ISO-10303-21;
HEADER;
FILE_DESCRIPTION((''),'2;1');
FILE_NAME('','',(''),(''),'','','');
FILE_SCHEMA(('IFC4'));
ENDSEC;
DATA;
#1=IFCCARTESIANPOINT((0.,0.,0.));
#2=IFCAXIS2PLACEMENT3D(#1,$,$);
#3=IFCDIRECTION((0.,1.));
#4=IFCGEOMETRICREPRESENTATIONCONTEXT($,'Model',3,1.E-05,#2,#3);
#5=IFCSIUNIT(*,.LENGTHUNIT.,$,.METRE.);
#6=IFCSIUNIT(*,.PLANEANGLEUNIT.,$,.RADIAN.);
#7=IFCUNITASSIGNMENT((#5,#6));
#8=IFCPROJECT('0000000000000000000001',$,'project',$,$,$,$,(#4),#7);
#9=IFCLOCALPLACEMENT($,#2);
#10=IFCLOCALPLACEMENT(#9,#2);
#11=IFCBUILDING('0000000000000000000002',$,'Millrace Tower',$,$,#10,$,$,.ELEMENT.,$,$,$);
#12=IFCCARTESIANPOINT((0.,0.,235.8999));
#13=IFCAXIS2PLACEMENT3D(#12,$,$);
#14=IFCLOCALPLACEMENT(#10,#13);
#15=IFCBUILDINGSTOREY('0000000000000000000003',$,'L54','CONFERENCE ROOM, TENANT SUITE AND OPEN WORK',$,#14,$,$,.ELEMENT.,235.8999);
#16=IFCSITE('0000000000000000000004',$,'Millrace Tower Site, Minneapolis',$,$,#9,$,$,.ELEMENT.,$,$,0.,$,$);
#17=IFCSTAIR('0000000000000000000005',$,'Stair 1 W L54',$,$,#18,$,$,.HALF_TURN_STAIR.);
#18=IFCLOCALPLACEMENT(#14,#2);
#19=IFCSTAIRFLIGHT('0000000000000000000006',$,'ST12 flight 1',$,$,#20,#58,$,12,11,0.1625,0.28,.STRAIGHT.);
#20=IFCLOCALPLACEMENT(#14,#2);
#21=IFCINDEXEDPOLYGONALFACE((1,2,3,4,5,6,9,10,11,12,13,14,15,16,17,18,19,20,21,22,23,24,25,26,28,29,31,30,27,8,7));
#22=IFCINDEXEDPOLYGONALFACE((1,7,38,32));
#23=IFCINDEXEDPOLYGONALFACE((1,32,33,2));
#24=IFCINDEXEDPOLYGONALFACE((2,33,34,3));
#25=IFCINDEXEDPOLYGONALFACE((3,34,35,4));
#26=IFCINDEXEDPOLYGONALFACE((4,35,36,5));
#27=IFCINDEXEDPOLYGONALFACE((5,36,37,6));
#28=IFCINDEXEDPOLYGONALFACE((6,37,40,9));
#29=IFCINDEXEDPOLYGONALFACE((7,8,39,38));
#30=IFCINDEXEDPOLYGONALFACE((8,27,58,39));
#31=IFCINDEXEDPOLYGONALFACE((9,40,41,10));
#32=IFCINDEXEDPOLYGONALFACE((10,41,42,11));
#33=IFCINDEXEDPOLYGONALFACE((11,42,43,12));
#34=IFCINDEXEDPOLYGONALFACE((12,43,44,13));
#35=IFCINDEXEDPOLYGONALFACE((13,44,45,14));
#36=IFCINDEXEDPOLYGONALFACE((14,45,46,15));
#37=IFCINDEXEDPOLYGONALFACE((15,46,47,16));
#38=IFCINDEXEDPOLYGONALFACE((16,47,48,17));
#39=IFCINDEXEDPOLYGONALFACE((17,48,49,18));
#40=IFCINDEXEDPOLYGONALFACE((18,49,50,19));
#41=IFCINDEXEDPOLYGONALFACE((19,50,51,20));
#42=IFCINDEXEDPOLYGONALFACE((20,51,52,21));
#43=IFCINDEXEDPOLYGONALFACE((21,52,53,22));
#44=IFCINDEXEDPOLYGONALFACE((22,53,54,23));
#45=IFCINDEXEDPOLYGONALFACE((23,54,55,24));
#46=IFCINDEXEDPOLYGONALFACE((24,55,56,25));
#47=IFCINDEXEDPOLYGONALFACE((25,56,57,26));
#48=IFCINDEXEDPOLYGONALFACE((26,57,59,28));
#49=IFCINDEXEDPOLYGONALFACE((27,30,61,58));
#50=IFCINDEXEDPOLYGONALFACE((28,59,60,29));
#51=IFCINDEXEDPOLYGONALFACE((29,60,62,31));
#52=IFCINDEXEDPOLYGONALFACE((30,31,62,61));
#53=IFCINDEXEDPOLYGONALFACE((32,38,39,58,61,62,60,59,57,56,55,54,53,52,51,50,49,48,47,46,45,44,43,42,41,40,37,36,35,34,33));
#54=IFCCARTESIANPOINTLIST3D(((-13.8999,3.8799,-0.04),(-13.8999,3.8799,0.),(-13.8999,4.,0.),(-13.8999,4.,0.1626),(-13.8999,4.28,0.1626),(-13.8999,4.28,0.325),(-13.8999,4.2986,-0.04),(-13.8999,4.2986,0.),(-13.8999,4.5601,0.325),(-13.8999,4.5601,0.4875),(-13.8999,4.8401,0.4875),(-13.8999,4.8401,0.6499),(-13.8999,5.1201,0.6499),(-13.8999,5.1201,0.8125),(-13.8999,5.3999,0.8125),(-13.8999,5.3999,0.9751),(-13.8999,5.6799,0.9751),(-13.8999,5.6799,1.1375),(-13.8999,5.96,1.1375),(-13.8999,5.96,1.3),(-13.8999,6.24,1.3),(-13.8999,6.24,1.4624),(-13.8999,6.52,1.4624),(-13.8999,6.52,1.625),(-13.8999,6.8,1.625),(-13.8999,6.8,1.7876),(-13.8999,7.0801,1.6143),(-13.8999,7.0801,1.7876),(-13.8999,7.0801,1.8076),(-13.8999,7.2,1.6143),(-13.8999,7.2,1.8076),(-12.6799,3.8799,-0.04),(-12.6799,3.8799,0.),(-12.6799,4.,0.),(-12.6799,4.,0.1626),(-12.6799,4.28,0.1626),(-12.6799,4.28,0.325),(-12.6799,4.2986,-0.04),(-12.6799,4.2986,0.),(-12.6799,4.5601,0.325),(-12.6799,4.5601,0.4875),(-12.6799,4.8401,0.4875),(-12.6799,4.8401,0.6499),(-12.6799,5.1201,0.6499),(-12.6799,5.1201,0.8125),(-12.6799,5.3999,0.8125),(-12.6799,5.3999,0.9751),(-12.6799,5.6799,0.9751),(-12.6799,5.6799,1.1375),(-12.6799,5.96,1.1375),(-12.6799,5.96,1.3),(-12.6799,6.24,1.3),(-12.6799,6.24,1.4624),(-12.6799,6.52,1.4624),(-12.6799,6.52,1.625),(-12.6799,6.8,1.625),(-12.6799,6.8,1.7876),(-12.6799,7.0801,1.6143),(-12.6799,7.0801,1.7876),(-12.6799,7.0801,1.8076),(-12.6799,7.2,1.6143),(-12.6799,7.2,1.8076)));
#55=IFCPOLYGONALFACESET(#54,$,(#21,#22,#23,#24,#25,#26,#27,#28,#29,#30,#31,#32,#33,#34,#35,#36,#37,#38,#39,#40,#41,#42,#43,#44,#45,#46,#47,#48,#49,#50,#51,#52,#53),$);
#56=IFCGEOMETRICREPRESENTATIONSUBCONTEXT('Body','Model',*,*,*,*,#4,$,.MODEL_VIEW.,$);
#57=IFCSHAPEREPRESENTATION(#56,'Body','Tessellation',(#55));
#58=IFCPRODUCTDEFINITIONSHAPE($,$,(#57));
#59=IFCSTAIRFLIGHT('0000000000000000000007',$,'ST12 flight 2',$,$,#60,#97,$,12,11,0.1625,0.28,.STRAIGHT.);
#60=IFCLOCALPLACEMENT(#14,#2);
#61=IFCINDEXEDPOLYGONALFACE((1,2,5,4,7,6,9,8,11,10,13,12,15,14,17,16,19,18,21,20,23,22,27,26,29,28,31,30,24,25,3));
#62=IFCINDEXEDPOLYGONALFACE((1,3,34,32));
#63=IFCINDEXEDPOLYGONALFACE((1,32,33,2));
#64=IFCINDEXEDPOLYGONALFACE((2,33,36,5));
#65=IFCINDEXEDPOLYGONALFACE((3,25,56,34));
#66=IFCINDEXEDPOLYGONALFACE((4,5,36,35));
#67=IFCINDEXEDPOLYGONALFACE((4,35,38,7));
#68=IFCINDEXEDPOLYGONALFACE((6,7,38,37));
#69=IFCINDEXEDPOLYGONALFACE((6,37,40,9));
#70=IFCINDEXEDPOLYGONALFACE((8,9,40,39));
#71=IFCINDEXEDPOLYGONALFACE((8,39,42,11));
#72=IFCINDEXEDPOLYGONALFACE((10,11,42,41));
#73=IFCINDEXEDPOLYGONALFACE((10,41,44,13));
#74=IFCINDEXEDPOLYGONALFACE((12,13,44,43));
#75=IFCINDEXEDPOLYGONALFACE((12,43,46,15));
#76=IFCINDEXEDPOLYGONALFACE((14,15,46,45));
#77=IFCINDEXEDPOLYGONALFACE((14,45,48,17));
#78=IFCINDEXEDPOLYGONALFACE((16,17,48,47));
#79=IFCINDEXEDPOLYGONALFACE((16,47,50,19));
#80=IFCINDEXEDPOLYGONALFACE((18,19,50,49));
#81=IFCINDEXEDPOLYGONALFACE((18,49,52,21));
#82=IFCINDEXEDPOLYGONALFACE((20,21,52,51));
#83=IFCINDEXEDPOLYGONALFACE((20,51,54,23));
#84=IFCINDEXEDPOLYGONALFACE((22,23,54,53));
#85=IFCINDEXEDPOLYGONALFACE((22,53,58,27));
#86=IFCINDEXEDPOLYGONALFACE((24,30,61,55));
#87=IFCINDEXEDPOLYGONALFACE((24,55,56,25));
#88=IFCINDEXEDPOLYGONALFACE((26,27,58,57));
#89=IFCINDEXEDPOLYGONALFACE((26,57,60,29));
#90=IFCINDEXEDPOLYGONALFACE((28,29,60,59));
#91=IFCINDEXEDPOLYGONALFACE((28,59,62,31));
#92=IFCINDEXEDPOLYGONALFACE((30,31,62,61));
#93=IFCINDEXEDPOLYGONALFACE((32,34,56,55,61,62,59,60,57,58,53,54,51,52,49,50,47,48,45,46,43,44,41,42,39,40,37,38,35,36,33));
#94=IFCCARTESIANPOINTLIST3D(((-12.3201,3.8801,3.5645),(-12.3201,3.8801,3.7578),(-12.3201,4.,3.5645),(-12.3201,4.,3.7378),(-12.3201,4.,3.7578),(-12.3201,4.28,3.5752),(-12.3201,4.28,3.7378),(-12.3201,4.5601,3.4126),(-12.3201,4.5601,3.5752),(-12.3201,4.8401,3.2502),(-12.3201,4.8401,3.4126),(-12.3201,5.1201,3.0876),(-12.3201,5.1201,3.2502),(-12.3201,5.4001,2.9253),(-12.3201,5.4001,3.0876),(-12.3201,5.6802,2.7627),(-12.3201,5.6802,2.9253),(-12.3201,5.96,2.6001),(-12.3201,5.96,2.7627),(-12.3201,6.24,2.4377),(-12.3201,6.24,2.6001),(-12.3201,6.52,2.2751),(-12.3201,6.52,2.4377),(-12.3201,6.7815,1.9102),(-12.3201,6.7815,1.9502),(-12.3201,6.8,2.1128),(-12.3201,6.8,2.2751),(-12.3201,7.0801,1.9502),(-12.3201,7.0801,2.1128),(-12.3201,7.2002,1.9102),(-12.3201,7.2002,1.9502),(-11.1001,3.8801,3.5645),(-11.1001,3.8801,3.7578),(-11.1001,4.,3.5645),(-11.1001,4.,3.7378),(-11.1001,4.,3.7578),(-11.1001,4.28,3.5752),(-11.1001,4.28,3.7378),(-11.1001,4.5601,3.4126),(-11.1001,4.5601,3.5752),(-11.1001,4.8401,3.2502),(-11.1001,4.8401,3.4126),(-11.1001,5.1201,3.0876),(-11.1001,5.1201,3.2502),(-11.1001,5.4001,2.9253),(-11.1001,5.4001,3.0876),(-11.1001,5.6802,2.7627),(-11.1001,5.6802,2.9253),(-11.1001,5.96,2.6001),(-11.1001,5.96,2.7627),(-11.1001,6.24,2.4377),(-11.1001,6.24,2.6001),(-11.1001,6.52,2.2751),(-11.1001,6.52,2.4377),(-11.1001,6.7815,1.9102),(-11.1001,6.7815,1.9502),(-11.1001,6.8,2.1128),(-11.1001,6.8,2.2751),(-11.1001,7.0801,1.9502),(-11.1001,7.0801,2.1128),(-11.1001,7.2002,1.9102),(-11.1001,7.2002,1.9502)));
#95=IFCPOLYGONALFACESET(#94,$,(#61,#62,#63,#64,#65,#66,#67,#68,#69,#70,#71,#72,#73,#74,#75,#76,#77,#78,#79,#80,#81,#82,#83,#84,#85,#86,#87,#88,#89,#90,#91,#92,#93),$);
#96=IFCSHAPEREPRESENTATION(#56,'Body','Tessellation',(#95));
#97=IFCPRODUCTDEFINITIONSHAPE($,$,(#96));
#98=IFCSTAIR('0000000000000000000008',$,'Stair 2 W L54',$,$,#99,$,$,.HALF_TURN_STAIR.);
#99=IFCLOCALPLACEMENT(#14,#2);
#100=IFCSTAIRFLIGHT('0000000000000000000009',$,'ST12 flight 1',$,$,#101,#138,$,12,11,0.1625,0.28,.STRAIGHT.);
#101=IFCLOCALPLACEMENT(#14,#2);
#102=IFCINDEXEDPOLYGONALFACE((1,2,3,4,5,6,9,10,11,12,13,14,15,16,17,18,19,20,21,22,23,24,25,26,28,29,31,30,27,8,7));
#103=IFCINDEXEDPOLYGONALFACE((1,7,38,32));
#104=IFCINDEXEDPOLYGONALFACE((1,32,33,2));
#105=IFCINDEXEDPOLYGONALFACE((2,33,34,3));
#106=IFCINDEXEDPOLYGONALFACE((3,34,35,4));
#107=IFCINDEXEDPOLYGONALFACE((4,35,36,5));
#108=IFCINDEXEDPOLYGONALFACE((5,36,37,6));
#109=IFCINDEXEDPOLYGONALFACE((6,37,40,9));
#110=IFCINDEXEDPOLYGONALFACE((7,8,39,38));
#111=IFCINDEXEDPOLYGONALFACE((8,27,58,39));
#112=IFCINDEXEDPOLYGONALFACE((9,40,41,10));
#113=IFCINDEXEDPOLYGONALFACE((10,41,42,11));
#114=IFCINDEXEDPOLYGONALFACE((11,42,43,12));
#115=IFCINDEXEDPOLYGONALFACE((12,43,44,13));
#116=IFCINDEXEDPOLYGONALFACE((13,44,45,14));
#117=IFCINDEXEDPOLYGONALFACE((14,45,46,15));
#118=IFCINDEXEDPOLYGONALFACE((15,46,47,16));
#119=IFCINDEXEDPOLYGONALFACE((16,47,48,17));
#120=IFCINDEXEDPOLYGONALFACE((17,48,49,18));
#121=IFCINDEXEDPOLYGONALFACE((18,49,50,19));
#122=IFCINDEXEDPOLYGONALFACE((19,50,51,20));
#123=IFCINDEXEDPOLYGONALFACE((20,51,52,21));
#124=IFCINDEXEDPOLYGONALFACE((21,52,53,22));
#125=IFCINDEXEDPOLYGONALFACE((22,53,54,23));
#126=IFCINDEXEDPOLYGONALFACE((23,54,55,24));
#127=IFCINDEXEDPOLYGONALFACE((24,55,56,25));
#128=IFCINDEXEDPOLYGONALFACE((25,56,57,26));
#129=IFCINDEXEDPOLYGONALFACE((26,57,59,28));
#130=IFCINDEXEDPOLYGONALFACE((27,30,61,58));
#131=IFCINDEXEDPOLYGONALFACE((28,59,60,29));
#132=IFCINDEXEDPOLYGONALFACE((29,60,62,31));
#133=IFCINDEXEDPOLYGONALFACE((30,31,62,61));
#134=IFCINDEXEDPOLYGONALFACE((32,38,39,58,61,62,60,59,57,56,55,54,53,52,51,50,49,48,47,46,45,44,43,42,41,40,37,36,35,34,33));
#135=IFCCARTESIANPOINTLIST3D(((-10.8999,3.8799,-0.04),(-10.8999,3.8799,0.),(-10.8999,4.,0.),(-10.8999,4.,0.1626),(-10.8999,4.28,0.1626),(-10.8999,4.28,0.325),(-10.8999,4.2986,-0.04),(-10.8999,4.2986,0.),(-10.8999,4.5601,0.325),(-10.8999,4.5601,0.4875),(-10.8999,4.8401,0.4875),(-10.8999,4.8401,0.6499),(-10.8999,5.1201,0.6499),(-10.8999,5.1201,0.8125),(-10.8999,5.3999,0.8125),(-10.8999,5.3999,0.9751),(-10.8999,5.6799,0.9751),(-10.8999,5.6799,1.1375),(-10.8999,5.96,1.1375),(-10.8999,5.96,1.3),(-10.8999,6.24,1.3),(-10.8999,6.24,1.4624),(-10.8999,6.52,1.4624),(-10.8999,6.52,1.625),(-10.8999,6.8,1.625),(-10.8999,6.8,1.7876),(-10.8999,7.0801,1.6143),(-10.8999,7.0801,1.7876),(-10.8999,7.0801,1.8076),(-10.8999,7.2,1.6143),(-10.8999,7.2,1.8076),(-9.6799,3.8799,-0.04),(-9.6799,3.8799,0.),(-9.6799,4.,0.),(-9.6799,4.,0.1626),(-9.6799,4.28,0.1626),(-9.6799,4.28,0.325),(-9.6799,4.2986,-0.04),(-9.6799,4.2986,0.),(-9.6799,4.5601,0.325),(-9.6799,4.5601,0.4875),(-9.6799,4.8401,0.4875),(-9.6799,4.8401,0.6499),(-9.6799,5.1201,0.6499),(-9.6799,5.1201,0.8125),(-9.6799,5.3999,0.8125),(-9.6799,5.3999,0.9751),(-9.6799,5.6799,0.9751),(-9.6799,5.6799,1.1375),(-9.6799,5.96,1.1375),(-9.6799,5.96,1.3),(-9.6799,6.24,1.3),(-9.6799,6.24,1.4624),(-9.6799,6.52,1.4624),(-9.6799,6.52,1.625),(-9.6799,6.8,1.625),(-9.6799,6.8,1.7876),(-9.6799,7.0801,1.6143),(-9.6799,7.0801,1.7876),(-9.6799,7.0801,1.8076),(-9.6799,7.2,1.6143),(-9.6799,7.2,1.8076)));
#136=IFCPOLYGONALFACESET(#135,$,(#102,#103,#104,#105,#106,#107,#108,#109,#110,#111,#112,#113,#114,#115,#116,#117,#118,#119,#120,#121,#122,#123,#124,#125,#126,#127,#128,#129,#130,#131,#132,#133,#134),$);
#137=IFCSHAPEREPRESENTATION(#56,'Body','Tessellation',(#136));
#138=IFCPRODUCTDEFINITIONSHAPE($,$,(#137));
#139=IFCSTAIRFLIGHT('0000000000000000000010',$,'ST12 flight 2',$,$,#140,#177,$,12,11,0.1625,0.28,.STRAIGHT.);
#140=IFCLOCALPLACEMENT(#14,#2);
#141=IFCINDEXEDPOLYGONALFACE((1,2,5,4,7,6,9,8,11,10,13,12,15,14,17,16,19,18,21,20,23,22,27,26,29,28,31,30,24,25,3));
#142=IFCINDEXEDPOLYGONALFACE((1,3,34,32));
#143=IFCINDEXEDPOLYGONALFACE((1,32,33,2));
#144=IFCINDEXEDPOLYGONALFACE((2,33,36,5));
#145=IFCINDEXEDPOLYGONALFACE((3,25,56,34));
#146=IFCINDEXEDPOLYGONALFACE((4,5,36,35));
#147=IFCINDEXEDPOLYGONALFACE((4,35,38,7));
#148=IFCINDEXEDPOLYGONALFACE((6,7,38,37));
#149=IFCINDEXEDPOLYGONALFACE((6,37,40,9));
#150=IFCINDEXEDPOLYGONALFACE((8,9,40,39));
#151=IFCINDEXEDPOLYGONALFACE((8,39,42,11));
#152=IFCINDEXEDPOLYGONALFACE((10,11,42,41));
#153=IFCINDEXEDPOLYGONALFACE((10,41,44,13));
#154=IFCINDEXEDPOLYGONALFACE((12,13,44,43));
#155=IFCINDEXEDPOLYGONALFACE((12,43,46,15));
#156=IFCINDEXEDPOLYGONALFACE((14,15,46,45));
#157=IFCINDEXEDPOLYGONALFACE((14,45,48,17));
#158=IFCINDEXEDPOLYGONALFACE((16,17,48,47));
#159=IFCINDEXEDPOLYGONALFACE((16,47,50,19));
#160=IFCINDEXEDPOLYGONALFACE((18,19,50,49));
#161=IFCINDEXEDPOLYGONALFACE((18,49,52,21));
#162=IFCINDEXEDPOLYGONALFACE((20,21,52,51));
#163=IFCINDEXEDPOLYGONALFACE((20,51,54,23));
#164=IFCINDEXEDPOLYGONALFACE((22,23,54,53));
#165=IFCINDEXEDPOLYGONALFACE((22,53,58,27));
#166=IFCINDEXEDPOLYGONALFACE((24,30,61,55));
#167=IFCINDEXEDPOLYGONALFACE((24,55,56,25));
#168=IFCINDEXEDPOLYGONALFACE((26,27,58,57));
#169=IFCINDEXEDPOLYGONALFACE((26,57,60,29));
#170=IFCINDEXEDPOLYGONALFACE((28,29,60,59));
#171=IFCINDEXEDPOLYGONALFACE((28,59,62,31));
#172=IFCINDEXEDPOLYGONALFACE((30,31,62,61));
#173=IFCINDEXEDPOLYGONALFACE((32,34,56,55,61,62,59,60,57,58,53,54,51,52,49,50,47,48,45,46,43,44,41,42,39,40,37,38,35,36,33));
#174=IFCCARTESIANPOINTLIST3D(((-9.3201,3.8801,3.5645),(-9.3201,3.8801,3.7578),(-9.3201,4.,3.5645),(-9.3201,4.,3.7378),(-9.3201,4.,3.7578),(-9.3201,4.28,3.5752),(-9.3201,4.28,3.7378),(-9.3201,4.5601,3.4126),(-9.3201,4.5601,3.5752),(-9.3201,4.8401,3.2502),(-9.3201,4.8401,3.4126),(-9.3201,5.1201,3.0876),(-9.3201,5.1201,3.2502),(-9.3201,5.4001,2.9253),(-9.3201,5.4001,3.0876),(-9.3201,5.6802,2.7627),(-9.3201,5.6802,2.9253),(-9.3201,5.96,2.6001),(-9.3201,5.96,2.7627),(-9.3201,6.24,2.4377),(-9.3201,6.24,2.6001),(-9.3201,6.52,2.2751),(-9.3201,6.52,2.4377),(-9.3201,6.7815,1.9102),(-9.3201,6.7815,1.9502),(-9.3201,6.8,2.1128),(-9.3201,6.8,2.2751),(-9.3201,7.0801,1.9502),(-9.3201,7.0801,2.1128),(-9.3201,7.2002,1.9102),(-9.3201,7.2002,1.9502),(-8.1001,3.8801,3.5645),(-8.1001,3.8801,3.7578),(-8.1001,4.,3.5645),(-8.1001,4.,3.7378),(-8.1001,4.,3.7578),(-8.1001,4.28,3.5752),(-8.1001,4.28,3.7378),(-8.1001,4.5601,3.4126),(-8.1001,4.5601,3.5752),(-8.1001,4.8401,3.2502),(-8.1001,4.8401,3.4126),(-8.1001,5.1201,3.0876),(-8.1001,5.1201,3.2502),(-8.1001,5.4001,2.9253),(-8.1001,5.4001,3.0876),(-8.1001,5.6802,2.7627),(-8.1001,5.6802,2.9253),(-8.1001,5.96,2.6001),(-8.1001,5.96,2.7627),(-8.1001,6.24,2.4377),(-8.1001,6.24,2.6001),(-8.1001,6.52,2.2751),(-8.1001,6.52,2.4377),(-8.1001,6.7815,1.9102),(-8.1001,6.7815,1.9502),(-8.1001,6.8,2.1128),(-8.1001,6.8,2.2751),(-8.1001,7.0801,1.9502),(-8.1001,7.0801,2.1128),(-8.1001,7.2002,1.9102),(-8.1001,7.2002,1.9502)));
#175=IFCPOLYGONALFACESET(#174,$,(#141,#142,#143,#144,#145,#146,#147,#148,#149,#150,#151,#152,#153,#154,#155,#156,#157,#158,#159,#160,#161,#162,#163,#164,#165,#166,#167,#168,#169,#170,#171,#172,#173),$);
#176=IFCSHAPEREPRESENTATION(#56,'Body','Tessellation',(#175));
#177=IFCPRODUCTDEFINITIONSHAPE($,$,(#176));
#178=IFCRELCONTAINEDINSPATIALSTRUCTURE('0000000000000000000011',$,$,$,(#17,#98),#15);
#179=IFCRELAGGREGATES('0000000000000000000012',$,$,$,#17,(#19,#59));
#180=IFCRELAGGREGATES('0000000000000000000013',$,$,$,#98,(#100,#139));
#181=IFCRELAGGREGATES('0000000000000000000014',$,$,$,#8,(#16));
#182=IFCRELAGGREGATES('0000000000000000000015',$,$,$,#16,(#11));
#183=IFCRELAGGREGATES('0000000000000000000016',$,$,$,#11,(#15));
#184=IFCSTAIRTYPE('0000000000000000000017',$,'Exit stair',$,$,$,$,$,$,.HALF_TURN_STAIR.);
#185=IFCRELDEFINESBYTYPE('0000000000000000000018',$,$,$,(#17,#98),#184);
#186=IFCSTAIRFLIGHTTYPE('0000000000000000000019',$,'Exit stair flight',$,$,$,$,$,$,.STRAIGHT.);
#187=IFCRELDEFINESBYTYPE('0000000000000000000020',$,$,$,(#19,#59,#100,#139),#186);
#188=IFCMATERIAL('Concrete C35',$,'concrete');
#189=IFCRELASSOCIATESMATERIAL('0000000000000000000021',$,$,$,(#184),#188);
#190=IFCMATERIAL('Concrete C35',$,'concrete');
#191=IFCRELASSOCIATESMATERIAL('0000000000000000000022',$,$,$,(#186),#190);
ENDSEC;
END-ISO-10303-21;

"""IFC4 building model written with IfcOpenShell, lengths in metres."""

from ifc_helpers import new_model, si_unit, direction, frame, origin, place, context, subcontext, project, spatial, polyline, outline, extrude, material, type_object, element, aggregate, save


model = new_model("IFC4")

# Units and contexts
model_context = context("Model", 3, precision=1e-05, world=origin(), true_north=direction((0.0, 1.0)))
body_context = subcontext(model_context, "Body", "Model", "MODEL_VIEW")
ifc_project = project(units=[si_unit("LENGTHUNIT", "METRE"), si_unit("PLANEANGLEUNIT", "RADIAN")], contexts=[model_context])

# Site, building, storey
site_placement = place(None, origin())
site = spatial("IfcSite", under=ifc_project, at=site_placement, Name="Millrace Tower Site, Minneapolis", CompositionType="ELEMENT", RefElevation=0.0)
building_placement = place(site_placement, origin())
building = spatial("IfcBuilding", under=site, at=building_placement, Name="Millrace Tower", CompositionType="ELEMENT")
storey_placement = place(building_placement, frame((0.0, 0.0, 235.8999)))
storey = spatial("IfcBuildingStorey", under=building, at=storey_placement, Name="L54", Description="CONFERENCE ROOM, TENANT SUITE AND OPEN WORK", CompositionType="ELEMENT", Elevation=235.8999)

# Stairs, stair flights
ifc_material_1 = material(Name="Concrete C35", Category="concrete")
stair_type = type_object("IfcStairType", Name="Exit stair", PredefinedType="HALF_TURN_STAIR", material=ifc_material_1)
placement = place(storey_placement, origin())
stair_1 = element("IfcStair", 1, at=placement, inside=storey, type_object=stair_type, Name="Stair 1 W L54", PredefinedType="HALF_TURN_STAIR")
ifc_material_2 = material(Name="Concrete C35", Category="concrete")
stair_flight_type = type_object("IfcStairFlightType", Name="Exit stair flight", PredefinedType="STRAIGHT", material=ifc_material_2)
stair_flight_1_placement = place(storey_placement, frame((-13.29, 4.0, 0.0), z_axis=(0.0, 0.0, 1.0), x_axis=(0.0, 1.0, 0.0)))
stair_flight_1 = element("IfcStairFlight", 2, at=stair_flight_1_placement, type_object=stair_flight_type, Name="ST12 flight 1", NumberOfRisers=12, NumberOfTreads=11, PredefinedType="STRAIGHT", RiserHeight=0.1625, TreadLength=0.28, context=body_context, shape_type="SweptSolid", body=[
    extrude(outline(polyline([(-0.1201, -0.04), (-0.1201, 0.0), (0.0, 0.0), (0.0, 0.1626), (0.28, 0.1626), (0.28, 0.325), (0.5601, 0.325), (0.5601, 0.4875), (0.8401, 0.4875), (0.8401, 0.6499), (1.1201, 0.6499), (1.1201, 0.8125), (1.3999, 0.8125), (1.3999, 0.9751), (1.6799, 0.9751), (1.6799, 1.1375), (1.96, 1.1375), (1.96, 1.3), (2.24, 1.3), (2.24, 1.4624), (2.52, 1.4624), (2.52, 1.625), (2.8, 1.625), (2.8, 1.7876), (3.0801, 1.7876), (3.0801, 1.8076), (3.2, 1.8076), (3.2, 1.6143), (3.0801, 1.6143), (0.2986, 0.0), (0.2986, -0.04), (-0.1201, -0.04)])), frame((0.0, 0.6099, 0.0), z_axis=(0.0, -1.0, 0.0), x_axis=(1.0, 0.0, 0.0)), (0.0, 0.0, 1.0), 1.22),
])
stair_flight_2_placement = place(storey_placement, frame((-11.71, 7.0801, 1.9502), z_axis=(0.0, 0.0, 1.0), x_axis=(0.0, -1.0, 0.0)))
stair_flight_2 = element("IfcStairFlight", 3, at=stair_flight_2_placement, type_object=stair_flight_type, Name="ST12 flight 2", NumberOfRisers=12, NumberOfTreads=11, PredefinedType="STRAIGHT", RiserHeight=0.1625, TreadLength=0.28, context=body_context, shape_type="SweptSolid", body=[
    extrude(outline(polyline([(-0.1201, -0.04), (-0.1201, 0.0), (0.0, 0.0), (0.0, 0.1626), (0.28, 0.1626), (0.28, 0.325), (0.5601, 0.325), (0.5601, 0.4875), (0.8401, 0.4875), (0.8401, 0.6499), (1.1201, 0.6499), (1.1201, 0.8125), (1.3999, 0.8125), (1.3999, 0.9751), (1.6799, 0.9751), (1.6799, 1.1375), (1.96, 1.1375), (1.96, 1.3), (2.24, 1.3), (2.24, 1.4624), (2.52, 1.4624), (2.52, 1.625), (2.8, 1.625), (2.8, 1.7876), (3.0801, 1.7876), (3.0801, 1.8076), (3.2, 1.8076), (3.2, 1.6143), (3.0801, 1.6143), (0.2986, 0.0), (0.2986, -0.04), (-0.1201, -0.04)])), frame((0.0, 0.6099, 0.0), z_axis=(0.0, -1.0, 0.0), x_axis=(1.0, 0.0, 0.0)), (0.0, 0.0, 1.0), 1.22),
])
aggregate(stair_1, [stair_flight_1, stair_flight_2])
stair_2 = element("IfcStair", 4, at=placement, inside=storey, type_object=stair_type, Name="Stair 2 W L54", PredefinedType="HALF_TURN_STAIR")
stair_flight_3_placement = place(storey_placement, frame((-10.29, 4.0, 0.0), z_axis=(0.0, 0.0, 1.0), x_axis=(0.0, 1.0, 0.0)))
stair_flight_3 = element("IfcStairFlight", 5, at=stair_flight_3_placement, type_object=stair_flight_type, Name="ST12 flight 1", NumberOfRisers=12, NumberOfTreads=11, PredefinedType="STRAIGHT", RiserHeight=0.1625, TreadLength=0.28, context=body_context, shape_type="SweptSolid", body=[
    extrude(outline(polyline([(-0.1201, -0.04), (-0.1201, 0.0), (0.0, 0.0), (0.0, 0.1626), (0.28, 0.1626), (0.28, 0.325), (0.5601, 0.325), (0.5601, 0.4875), (0.8401, 0.4875), (0.8401, 0.6499), (1.1201, 0.6499), (1.1201, 0.8125), (1.3999, 0.8125), (1.3999, 0.9751), (1.6799, 0.9751), (1.6799, 1.1375), (1.96, 1.1375), (1.96, 1.3), (2.24, 1.3), (2.24, 1.4624), (2.52, 1.4624), (2.52, 1.625), (2.8, 1.625), (2.8, 1.7876), (3.0801, 1.7876), (3.0801, 1.8076), (3.2, 1.8076), (3.2, 1.6143), (3.0801, 1.6143), (0.2986, 0.0), (0.2986, -0.04), (-0.1201, -0.04)])), frame((0.0, 0.6099, 0.0), z_axis=(0.0, -1.0, 0.0), x_axis=(1.0, 0.0, 0.0)), (0.0, 0.0, 1.0), 1.22),
])
stair_flight_4_placement = place(storey_placement, frame((-8.71, 7.0801, 1.9502), z_axis=(0.0, 0.0, 1.0), x_axis=(0.0, -1.0, 0.0)))
stair_flight_4 = element("IfcStairFlight", 6, at=stair_flight_4_placement, type_object=stair_flight_type, Name="ST12 flight 2", NumberOfRisers=12, NumberOfTreads=11, PredefinedType="STRAIGHT", RiserHeight=0.1625, TreadLength=0.28, context=body_context, shape_type="SweptSolid", body=[
    extrude(outline(polyline([(-0.1201, -0.04), (-0.1201, 0.0), (0.0, 0.0), (0.0, 0.1626), (0.28, 0.1626), (0.28, 0.325), (0.5601, 0.325), (0.5601, 0.4875), (0.8401, 0.4875), (0.8401, 0.6499), (1.1201, 0.6499), (1.1201, 0.8125), (1.3999, 0.8125), (1.3999, 0.9751), (1.6799, 0.9751), (1.6799, 1.1375), (1.96, 1.1375), (1.96, 1.3), (2.24, 1.3), (2.24, 1.4624), (2.52, 1.4624), (2.52, 1.625), (2.8, 1.625), (2.8, 1.7876), (3.0801, 1.7876), (3.0801, 1.8076), (3.2, 1.8076), (3.2, 1.6143), (3.0801, 1.6143), (0.2986, 0.0), (0.2986, -0.04), (-0.1201, -0.04)])), frame((0.0, 0.6099, 0.0), z_axis=(0.0, -1.0, 0.0), x_axis=(1.0, 0.0, 0.0)), (0.0, 0.0, 1.0), 1.22),
])
aggregate(stair_2, [stair_flight_3, stair_flight_4])

save(model, "model.ifc")
